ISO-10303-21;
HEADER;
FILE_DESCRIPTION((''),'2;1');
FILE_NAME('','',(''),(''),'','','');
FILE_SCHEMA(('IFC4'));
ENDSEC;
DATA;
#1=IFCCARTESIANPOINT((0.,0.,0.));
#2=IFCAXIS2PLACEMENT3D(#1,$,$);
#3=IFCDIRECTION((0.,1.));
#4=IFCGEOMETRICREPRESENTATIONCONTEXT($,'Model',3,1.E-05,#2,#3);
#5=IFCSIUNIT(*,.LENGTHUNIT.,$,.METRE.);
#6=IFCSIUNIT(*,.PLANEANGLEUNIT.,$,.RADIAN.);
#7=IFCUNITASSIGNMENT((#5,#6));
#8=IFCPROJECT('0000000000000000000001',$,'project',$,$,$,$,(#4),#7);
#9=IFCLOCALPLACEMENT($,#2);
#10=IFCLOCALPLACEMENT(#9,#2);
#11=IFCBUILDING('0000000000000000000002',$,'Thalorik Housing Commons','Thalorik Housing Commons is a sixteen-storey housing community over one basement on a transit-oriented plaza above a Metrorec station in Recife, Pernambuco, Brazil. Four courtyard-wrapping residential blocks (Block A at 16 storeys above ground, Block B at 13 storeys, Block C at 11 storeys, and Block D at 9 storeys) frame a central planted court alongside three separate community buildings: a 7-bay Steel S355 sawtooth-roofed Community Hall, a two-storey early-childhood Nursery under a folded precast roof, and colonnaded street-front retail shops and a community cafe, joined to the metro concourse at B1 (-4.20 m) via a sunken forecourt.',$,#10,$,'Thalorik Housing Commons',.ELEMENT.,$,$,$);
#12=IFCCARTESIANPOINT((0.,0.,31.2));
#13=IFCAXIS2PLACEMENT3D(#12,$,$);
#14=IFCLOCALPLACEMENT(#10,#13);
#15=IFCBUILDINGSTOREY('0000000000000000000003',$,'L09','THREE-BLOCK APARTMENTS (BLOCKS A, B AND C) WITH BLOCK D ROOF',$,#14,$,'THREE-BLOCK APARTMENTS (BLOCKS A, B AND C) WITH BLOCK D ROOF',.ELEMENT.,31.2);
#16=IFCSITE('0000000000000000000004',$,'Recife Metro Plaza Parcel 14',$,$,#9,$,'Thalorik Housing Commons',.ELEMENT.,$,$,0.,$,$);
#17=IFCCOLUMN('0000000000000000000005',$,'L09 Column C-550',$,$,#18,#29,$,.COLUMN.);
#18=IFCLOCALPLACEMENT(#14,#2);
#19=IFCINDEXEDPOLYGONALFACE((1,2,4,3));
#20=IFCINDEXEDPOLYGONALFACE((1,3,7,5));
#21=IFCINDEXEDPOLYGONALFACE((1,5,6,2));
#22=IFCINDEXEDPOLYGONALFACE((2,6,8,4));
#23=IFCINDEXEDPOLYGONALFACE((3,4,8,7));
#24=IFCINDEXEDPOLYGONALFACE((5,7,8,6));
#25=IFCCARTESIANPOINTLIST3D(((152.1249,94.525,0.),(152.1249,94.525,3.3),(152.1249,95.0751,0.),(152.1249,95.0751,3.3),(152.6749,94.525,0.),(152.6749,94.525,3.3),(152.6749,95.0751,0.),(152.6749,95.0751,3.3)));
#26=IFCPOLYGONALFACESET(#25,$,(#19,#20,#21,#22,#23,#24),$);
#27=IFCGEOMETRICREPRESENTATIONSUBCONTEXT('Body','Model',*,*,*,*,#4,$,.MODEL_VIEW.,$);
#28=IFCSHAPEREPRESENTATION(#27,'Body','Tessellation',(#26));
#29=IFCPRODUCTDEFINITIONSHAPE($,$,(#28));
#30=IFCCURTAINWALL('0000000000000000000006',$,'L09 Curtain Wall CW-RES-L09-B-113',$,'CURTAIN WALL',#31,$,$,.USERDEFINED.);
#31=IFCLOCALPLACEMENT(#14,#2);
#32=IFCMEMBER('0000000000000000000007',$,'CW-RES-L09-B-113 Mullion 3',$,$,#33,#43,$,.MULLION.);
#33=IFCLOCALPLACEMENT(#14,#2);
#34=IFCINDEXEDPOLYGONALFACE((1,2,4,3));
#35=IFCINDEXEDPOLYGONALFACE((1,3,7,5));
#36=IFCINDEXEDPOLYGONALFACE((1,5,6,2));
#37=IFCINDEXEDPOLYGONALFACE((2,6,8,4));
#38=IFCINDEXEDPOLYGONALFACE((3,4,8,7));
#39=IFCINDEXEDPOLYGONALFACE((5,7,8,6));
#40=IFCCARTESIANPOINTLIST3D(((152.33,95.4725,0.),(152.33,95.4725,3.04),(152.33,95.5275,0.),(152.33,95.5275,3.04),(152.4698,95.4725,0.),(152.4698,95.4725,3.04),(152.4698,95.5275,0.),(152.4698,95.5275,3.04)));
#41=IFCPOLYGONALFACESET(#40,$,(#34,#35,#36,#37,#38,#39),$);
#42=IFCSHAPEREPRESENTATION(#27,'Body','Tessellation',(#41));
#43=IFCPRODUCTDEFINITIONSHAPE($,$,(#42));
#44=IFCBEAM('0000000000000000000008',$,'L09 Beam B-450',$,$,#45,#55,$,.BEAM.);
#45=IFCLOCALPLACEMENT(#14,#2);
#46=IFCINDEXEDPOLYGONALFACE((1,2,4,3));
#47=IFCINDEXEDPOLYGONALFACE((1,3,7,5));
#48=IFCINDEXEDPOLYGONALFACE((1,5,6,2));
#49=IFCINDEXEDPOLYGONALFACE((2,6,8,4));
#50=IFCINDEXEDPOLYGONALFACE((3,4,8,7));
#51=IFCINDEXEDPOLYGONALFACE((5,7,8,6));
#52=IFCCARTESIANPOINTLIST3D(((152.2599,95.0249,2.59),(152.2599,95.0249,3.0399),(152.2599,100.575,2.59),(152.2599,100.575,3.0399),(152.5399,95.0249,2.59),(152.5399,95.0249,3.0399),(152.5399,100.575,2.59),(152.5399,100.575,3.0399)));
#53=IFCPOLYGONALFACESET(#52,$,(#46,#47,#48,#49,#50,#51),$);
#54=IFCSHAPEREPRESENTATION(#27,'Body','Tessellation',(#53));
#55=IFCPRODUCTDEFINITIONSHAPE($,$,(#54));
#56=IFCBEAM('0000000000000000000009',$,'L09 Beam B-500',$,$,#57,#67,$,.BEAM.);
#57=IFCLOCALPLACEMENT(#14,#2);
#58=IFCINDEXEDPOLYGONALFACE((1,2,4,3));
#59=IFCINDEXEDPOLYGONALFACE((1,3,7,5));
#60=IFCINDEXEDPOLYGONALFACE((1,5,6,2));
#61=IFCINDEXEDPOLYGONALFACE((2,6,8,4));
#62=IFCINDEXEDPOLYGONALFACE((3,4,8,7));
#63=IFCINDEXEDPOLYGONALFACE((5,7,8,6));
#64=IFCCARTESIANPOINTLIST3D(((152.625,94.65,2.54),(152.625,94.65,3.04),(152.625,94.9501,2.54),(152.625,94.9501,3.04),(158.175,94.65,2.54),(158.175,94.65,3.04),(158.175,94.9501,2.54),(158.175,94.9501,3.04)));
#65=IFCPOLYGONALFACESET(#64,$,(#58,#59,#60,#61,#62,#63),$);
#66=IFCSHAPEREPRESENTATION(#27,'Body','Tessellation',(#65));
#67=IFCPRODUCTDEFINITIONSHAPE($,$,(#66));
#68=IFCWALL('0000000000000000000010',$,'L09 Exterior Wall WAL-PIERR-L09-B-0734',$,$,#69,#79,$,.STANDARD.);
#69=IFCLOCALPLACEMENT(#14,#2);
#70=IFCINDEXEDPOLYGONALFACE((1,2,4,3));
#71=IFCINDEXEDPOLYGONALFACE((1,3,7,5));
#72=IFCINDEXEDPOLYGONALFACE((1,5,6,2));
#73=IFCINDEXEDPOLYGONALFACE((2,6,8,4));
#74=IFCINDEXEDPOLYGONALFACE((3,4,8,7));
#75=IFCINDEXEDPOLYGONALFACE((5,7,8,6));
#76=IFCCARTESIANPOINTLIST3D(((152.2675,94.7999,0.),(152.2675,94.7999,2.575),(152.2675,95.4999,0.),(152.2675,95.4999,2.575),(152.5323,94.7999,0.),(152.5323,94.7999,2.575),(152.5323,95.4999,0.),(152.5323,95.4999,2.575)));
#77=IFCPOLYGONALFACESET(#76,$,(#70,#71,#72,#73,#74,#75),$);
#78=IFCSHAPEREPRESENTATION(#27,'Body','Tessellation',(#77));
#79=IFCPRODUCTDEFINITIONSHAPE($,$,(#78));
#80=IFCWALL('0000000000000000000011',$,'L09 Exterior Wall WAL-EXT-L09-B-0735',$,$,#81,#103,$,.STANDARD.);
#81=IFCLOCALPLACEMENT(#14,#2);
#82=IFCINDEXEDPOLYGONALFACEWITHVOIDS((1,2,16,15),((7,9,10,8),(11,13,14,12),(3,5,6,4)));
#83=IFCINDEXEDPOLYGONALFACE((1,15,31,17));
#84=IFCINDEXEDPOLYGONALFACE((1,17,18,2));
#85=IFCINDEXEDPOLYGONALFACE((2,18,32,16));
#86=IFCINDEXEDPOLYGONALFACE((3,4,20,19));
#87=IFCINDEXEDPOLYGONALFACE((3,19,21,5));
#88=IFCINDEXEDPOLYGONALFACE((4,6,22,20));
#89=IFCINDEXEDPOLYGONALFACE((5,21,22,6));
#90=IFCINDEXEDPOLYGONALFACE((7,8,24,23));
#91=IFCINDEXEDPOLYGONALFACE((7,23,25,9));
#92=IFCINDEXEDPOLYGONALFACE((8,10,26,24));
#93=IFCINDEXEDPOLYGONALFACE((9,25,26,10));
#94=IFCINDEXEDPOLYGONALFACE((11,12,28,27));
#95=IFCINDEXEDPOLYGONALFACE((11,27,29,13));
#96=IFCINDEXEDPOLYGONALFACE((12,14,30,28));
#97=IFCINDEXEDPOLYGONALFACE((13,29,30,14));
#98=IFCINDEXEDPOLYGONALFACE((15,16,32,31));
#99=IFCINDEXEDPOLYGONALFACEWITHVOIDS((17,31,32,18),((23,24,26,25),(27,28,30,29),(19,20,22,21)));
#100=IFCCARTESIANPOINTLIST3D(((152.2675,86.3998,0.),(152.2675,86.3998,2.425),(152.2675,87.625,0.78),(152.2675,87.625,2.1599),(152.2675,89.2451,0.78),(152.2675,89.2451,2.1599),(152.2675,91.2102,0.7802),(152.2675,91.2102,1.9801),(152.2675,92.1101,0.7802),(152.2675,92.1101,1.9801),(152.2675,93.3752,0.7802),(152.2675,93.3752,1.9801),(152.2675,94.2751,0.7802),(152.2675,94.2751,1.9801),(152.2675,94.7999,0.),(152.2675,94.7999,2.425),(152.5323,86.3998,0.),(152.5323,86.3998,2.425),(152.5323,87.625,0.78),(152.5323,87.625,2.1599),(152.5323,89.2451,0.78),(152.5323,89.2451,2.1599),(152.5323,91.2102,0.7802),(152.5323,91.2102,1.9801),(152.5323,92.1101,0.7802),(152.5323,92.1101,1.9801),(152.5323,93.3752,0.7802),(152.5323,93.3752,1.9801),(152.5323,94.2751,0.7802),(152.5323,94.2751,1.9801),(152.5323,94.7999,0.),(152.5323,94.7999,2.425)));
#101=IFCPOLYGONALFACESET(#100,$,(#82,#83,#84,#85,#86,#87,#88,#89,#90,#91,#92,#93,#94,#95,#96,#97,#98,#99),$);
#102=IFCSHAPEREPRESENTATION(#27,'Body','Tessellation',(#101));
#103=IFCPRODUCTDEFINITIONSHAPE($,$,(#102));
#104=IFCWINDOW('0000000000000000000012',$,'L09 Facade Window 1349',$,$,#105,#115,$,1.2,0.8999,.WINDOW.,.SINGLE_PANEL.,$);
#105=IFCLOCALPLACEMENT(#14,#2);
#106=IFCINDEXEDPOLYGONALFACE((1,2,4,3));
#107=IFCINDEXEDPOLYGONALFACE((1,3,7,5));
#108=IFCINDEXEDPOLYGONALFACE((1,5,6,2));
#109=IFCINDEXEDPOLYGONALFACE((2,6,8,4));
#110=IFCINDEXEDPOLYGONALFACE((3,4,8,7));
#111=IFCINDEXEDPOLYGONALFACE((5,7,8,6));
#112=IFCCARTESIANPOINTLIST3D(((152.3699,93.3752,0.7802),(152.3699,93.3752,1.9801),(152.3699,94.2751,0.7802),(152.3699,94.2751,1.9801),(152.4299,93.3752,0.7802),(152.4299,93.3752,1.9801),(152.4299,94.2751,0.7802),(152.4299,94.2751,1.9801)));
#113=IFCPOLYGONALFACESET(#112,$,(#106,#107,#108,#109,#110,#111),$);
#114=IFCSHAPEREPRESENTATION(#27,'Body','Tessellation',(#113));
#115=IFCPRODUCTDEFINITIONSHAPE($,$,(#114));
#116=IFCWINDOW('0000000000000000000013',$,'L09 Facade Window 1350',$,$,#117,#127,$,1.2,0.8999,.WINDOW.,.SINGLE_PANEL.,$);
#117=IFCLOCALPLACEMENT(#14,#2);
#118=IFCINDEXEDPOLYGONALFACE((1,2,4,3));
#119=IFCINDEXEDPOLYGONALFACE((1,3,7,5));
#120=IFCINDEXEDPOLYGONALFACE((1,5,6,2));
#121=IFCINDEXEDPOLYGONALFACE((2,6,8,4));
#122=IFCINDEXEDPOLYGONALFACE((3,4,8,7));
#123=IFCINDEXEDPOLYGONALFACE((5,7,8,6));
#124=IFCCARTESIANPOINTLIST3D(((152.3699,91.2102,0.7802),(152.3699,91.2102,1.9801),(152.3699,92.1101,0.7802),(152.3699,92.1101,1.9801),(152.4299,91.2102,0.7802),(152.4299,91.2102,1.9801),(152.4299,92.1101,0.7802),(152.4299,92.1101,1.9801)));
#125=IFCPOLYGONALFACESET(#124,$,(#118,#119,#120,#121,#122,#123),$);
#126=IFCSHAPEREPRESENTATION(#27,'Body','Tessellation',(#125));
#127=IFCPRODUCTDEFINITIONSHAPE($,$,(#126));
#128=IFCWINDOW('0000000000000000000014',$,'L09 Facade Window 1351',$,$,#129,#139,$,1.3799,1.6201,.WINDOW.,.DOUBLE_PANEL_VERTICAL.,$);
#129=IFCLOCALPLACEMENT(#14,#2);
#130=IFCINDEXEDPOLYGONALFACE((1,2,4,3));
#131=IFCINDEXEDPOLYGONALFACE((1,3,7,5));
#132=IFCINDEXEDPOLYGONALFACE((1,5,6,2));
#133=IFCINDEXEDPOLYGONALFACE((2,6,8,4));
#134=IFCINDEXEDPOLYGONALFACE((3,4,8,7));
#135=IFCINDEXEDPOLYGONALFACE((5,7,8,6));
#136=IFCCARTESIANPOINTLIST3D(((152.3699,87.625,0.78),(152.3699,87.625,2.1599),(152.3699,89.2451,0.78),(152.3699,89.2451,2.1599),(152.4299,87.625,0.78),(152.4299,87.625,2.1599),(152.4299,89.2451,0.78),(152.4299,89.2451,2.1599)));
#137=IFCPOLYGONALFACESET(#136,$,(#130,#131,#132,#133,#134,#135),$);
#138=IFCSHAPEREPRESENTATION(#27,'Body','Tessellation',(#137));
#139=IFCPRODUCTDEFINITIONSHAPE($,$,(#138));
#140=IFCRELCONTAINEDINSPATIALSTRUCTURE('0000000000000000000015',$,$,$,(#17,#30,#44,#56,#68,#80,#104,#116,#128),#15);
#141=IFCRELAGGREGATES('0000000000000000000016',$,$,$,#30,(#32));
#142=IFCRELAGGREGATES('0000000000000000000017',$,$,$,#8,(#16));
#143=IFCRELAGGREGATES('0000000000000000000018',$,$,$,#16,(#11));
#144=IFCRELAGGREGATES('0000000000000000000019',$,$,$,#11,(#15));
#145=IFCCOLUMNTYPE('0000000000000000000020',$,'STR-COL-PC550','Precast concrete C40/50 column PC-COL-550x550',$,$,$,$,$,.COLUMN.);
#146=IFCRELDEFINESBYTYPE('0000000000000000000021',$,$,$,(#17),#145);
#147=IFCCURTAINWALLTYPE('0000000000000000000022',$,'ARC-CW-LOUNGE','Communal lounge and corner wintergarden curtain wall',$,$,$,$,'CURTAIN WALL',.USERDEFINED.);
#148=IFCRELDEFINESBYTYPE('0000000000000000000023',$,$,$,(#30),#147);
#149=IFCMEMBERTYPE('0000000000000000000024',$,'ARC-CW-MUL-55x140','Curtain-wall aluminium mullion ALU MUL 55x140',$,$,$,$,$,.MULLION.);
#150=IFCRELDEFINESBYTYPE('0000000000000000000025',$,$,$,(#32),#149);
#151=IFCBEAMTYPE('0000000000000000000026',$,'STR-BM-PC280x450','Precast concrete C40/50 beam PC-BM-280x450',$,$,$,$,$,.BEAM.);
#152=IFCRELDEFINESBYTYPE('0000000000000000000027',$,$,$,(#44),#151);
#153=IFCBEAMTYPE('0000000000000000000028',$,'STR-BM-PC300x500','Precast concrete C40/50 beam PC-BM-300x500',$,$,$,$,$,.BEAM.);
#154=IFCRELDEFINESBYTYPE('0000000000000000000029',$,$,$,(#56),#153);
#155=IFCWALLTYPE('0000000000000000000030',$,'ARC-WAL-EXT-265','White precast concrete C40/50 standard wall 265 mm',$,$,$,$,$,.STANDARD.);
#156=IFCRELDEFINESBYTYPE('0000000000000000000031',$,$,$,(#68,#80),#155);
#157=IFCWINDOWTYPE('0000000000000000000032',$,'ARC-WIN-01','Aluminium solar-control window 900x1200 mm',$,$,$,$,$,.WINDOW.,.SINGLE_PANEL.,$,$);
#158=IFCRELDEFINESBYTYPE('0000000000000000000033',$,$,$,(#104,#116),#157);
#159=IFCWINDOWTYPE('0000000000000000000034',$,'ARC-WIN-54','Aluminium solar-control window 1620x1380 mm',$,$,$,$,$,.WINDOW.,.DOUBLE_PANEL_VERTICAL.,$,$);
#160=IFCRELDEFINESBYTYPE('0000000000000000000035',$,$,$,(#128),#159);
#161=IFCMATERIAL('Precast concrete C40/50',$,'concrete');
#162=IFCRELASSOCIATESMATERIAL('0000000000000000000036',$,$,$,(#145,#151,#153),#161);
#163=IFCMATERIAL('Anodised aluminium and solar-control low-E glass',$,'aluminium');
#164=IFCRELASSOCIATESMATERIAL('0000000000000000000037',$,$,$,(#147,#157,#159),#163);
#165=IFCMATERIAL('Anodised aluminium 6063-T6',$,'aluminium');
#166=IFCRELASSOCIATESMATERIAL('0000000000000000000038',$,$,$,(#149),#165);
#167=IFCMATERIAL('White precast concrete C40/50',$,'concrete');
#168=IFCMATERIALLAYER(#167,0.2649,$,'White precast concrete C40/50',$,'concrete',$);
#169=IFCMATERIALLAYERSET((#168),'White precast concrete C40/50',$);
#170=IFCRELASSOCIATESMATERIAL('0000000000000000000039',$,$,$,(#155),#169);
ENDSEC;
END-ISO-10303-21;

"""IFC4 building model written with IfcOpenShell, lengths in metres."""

from ifc_helpers import new_model, si_unit, direction, frame, frame_2d, origin, origin_2d, place, context, subcontext, project, spatial, rectangle, extrude, material, layer, layer_set, material_profile, profile_set, type_object, element, fill, aggregate, save


model = new_model("IFC4")

# Units and contexts
model_context = context("Model", 3, precision=1e-05, world=origin(), true_north=direction((0.0, 1.0)))
body_context = subcontext(model_context, "Body", "Model", "MODEL_VIEW")
ifc_project = project(units=[si_unit("LENGTHUNIT", "METRE"), si_unit("PLANEANGLEUNIT", "RADIAN")], contexts=[model_context])

# Site, building, storey
site_placement = place(None, origin())
site = spatial("IfcSite", under=ifc_project, at=site_placement, Name="Recife Metro Plaza Parcel 14", LongName="Thalorik Housing Commons", CompositionType="ELEMENT", RefElevation=0.0)
building_placement = place(site_placement, origin())
building = spatial("IfcBuilding", under=site, at=building_placement, Name="Thalorik Housing Commons", Description="Thalorik Housing Commons is a sixteen-storey housing community over one basement on a transit-oriented plaza above a Metrorec station in Recife, Pernambuco, Brazil. Four courtyard-wrapping residential blocks (Block A at 16 storeys above ground, Block B at 13 storeys, Block C at 11 storeys, and Block D at 9 storeys) frame a central planted court alongside three separate community buildings: a 7-bay Steel S355 sawtooth-roofed Community Hall, a two-storey early-childhood Nursery under a folded precast roof, and colonnaded street-front retail shops and a community cafe, joined to the metro concourse at B1 (-4.20 m) via a sunken forecourt.", LongName="Thalorik Housing Commons", CompositionType="ELEMENT")
storey_placement = place(building_placement, frame((0.0, 0.0, 31.2)))
storey = spatial("IfcBuildingStorey", under=building, at=storey_placement, Name="L09", Description="THREE-BLOCK APARTMENTS (BLOCKS A, B AND C) WITH BLOCK D ROOF", LongName="THREE-BLOCK APARTMENTS (BLOCKS A, B AND C) WITH BLOCK D ROOF", CompositionType="ELEMENT", Elevation=31.2)

# Column
ifc_material_1 = material(Name="Precast concrete C40/50", Category="concrete")
ifc_material_profile_1 = material_profile(ifc_material_1, rectangle(XDim=0.55, YDim=0.55, at=origin_2d()), Name="PC 550x550", Category="concrete")
ifc_profile_set_1 = profile_set([ifc_material_profile_1], Name="Precast concrete C40/50")
column_type = type_object("IfcColumnType", Name="STR-COL-PC550", Description="Precast concrete C40/50 column PC-COL-550x550", PredefinedType="COLUMN", material=ifc_profile_set_1)
column_placement = place(storey_placement, frame((152.3999, 94.8, 0.0), z_axis=(0.0, 0.0, 1.0), x_axis=(1.0, 0.0, 0.0)))
element("IfcColumn", 1, at=column_placement, inside=storey, type_object=column_type, Name="L09 Column C-550", PredefinedType="COLUMN", context=body_context, shape_type="SweptSolid", body=[
    extrude(rectangle(XDim=0.55, YDim=0.55, at=origin_2d()), origin(), (0.0, 0.0, 1.0), 3.3),
])

# Curtain wall, member
ifc_material_2 = material(Name="Anodised aluminium and solar-control low-E glass", Category="aluminium")
curtain_wall_type = type_object("IfcCurtainWallType", Name="ARC-CW-LOUNGE", Description="Communal lounge and corner wintergarden curtain wall", ElementType="CURTAIN WALL", PredefinedType="USERDEFINED", material=ifc_material_2)
curtain_wall_placement = place(storey_placement, origin())
curtain_wall = element("IfcCurtainWall", 2, at=curtain_wall_placement, inside=storey, type_object=curtain_wall_type, Name="L09 Curtain Wall CW-RES-L09-B-113", ObjectType="CURTAIN WALL", PredefinedType="USERDEFINED")
ifc_material_3 = material(Name="Anodised aluminium 6063-T6", Category="aluminium")
ifc_material_profile_2 = material_profile(ifc_material_3, rectangle(XDim=0.0549, YDim=0.1399, at=origin_2d()), Name="ALU MUL 55x140", Category="aluminium")
ifc_profile_set_2 = profile_set([ifc_material_profile_2], Name="Anodised aluminium 6063-T6")
member_type = type_object("IfcMemberType", Name="ARC-CW-MUL-55x140", Description="Curtain-wall aluminium mullion ALU MUL 55x140", PredefinedType="MULLION", material=ifc_profile_set_2)
member_placement = place(storey_placement, frame((152.3999, 95.5, 0.0), z_axis=(0.0, 0.0, 1.0), x_axis=(0.0, -1.0, 0.0)))
member = element("IfcMember", 3, at=member_placement, type_object=member_type, Name="CW-RES-L09-B-113 Mullion 3", PredefinedType="MULLION", context=body_context, shape_type="SweptSolid", body=[
    extrude(rectangle(XDim=0.0549, YDim=0.1399, at=origin_2d()), origin(), (0.0, 0.0, 1.0), 3.04),
])
aggregate(curtain_wall, [member])

# Beams
ifc_material_profile_3 = material_profile(ifc_material_1, rectangle(XDim=0.28, YDim=0.45, at=origin_2d()), Name="PC 280x450", Category="concrete")
ifc_profile_set_3 = profile_set([ifc_material_profile_3], Name="Precast concrete C40/50")
beam_type_1 = type_object("IfcBeamType", Name="STR-BM-PC280x450", Description="Precast concrete C40/50 beam PC-BM-280x450", PredefinedType="BEAM", material=ifc_profile_set_3)
beam_1_placement = place(storey_placement, frame((152.3999, 95.0249, 2.8149), z_axis=(0.0, 1.0, 0.0), x_axis=(-1.0, 0.0, 0.0)))
element("IfcBeam", 4, at=beam_1_placement, inside=storey, type_object=beam_type_1, Name="L09 Beam B-450", PredefinedType="BEAM", context=body_context, shape_type="SweptSolid", body=[
    extrude(rectangle(XDim=0.28, YDim=0.45, at=origin_2d()), origin(), (0.0, 0.0, 1.0), 5.55),
])
ifc_material_profile_4 = material_profile(ifc_material_1, rectangle(XDim=0.3, YDim=0.5, at=origin_2d()), Name="PC 300x500", Category="concrete")
ifc_profile_set_4 = profile_set([ifc_material_profile_4], Name="Precast concrete C40/50")
beam_type_2 = type_object("IfcBeamType", Name="STR-BM-PC300x500", Description="Precast concrete C40/50 beam PC-BM-300x500", PredefinedType="BEAM", material=ifc_profile_set_4)
beam_2_placement = place(storey_placement, frame((152.625, 94.8, 2.79), z_axis=(1.0, 0.0, 0.0), x_axis=(0.0, 1.0, 0.0)))
element("IfcBeam", 5, at=beam_2_placement, inside=storey, type_object=beam_type_2, Name="L09 Beam B-500", PredefinedType="BEAM", context=body_context, shape_type="SweptSolid", body=[
    extrude(rectangle(XDim=0.3, YDim=0.5, at=origin_2d()), origin(), (0.0, 0.0, 1.0), 5.55),
])

# Wall
ifc_material_4 = material(Name="White precast concrete C40/50", Category="concrete")
ifc_layer_1 = layer(ifc_material_4, 0.2649, Name="White precast concrete C40/50", Category="concrete")
ifc_layer_set_1 = layer_set([ifc_layer_1], Name="White precast concrete C40/50")
wall_type_1 = type_object("IfcWallType", Name="ARC-WAL-EXT-265", Description="White precast concrete C40/50 standard wall 265 mm", PredefinedType="STANDARD", material=ifc_layer_set_1)
wall_1_placement = place(storey_placement, frame((152.3999, 95.5, 0.0), z_axis=(0.0, 0.0, 1.0), x_axis=(0.0, -1.0, 0.0)))
element("IfcWall", 6, at=wall_1_placement, inside=storey, type_object=wall_type_1, Name="L09 Exterior Wall WAL-PIERR-L09-B-0734", PredefinedType="STANDARD", context=body_context, shape_type="SweptSolid", body=[
    extrude(rectangle(XDim=0.7, YDim=0.2649, at=frame_2d((0.3501, 0.0))), origin(), (0.0, 0.0, 1.0), 2.575),
])

# Wall, openings, windows
wall_2_placement = place(storey_placement, frame((152.3999, 94.8, 0.0), z_axis=(0.0, 0.0, 1.0), x_axis=(0.0, -1.0, 0.0)))
wall_2 = element("IfcWall", 7, at=wall_2_placement, inside=storey, type_object=wall_type_1, Name="L09 Exterior Wall WAL-EXT-L09-B-0735", PredefinedType="STANDARD", context=body_context, shape_type="SweptSolid", body=[
    extrude(rectangle(XDim=8.4001, YDim=0.2649, at=frame_2d((4.2002, 0.0))), origin(), (0.0, 0.0, 1.0), 2.425),
])
opening_1_placement = place(wall_2_placement, frame((0.5249, 0.0, 0.78)))
opening_1 = element("IfcOpeningElement", 8, at=opening_1_placement, cuts=wall_2, PredefinedType="OPENING", context=body_context, shape_type="SweptSolid", body=[
    extrude(rectangle(XDim=0.8999, YDim=1.2, at=frame_2d((0.45, 0.6001))), frame((0.0, 0.1426, 0.0), z_axis=(0.0, -1.0, 0.0), x_axis=(1.0, 0.0, 0.0)), (0.0, 0.0, 1.0), 0.2849),
])
opening_2_placement = place(wall_2_placement, frame((2.6899, 0.0, 0.78)))
opening_2 = element("IfcOpeningElement", 9, at=opening_2_placement, cuts=wall_2, PredefinedType="OPENING", context=body_context, shape_type="SweptSolid", body=[
    extrude(rectangle(XDim=0.8999, YDim=1.2, at=frame_2d((0.45, 0.6001))), frame((0.0, 0.1426, 0.0), z_axis=(0.0, -1.0, 0.0), x_axis=(1.0, 0.0, 0.0)), (0.0, 0.0, 1.0), 0.2849),
])
opening_3_placement = place(wall_2_placement, frame((5.5549, 0.0, 0.78)))
opening_3 = element("IfcOpeningElement", 10, at=opening_3_placement, cuts=wall_2, PredefinedType="OPENING", context=body_context, shape_type="SweptSolid", body=[
    extrude(rectangle(XDim=1.6201, YDim=1.3799, at=frame_2d((0.8101, 0.6899))), frame((0.0, 0.1426, 0.0), z_axis=(0.0, -1.0, 0.0), x_axis=(1.0, 0.0, 0.0)), (0.0, 0.0, 1.0), 0.2849),
])
window_type_1 = type_object("IfcWindowType", Name="ARC-WIN-01", Description="Aluminium solar-control window 900x1200 mm", PartitioningType="SINGLE_PANEL", PredefinedType="WINDOW", material=ifc_material_2)
window_1_placement = place(opening_1_placement, origin())
window_1 = element("IfcWindow", 11, at=window_1_placement, inside=storey, type_object=window_type_1, Name="L09 Facade Window 1349", OverallHeight=1.2, OverallWidth=0.8999, PartitioningType="SINGLE_PANEL", PredefinedType="WINDOW", context=body_context, shape_type="SweptSolid", body=[
    extrude(rectangle(XDim=0.8999, YDim=1.2, at=frame_2d((0.45, 0.6001))), frame((0.0, 0.03, 0.0), z_axis=(0.0, -1.0, 0.0), x_axis=(1.0, 0.0, 0.0)), (0.0, 0.0, 1.0), 0.0601),
])
fill(opening_1, window_1)
window_2_placement = place(opening_2_placement, origin())
window_2 = element("IfcWindow", 12, at=window_2_placement, inside=storey, type_object=window_type_1, Name="L09 Facade Window 1350", OverallHeight=1.2, OverallWidth=0.8999, PartitioningType="SINGLE_PANEL", PredefinedType="WINDOW", context=body_context, shape_type="SweptSolid", body=[
    extrude(rectangle(XDim=0.8999, YDim=1.2, at=frame_2d((0.45, 0.6001))), frame((0.0, 0.03, 0.0), z_axis=(0.0, -1.0, 0.0), x_axis=(1.0, 0.0, 0.0)), (0.0, 0.0, 1.0), 0.0601),
])
fill(opening_2, window_2)
window_type_2 = type_object("IfcWindowType", Name="ARC-WIN-54", Description="Aluminium solar-control window 1620x1380 mm", PartitioningType="DOUBLE_PANEL_VERTICAL", PredefinedType="WINDOW", material=ifc_material_2)
window_3_placement = place(opening_3_placement, origin())
window_3 = element("IfcWindow", 13, at=window_3_placement, inside=storey, type_object=window_type_2, Name="L09 Facade Window 1351", OverallHeight=1.3799, OverallWidth=1.6201, PartitioningType="DOUBLE_PANEL_VERTICAL", PredefinedType="WINDOW", context=body_context, shape_type="SweptSolid", body=[
    extrude(rectangle(XDim=1.6201, YDim=1.3799, at=frame_2d((0.8101, 0.6899))), frame((0.0, 0.03, 0.0), z_axis=(0.0, -1.0, 0.0), x_axis=(1.0, 0.0, 0.0)), (0.0, 0.0, 1.0), 0.0601),
])
fill(opening_3, window_3)

save(model, "model.ifc")
